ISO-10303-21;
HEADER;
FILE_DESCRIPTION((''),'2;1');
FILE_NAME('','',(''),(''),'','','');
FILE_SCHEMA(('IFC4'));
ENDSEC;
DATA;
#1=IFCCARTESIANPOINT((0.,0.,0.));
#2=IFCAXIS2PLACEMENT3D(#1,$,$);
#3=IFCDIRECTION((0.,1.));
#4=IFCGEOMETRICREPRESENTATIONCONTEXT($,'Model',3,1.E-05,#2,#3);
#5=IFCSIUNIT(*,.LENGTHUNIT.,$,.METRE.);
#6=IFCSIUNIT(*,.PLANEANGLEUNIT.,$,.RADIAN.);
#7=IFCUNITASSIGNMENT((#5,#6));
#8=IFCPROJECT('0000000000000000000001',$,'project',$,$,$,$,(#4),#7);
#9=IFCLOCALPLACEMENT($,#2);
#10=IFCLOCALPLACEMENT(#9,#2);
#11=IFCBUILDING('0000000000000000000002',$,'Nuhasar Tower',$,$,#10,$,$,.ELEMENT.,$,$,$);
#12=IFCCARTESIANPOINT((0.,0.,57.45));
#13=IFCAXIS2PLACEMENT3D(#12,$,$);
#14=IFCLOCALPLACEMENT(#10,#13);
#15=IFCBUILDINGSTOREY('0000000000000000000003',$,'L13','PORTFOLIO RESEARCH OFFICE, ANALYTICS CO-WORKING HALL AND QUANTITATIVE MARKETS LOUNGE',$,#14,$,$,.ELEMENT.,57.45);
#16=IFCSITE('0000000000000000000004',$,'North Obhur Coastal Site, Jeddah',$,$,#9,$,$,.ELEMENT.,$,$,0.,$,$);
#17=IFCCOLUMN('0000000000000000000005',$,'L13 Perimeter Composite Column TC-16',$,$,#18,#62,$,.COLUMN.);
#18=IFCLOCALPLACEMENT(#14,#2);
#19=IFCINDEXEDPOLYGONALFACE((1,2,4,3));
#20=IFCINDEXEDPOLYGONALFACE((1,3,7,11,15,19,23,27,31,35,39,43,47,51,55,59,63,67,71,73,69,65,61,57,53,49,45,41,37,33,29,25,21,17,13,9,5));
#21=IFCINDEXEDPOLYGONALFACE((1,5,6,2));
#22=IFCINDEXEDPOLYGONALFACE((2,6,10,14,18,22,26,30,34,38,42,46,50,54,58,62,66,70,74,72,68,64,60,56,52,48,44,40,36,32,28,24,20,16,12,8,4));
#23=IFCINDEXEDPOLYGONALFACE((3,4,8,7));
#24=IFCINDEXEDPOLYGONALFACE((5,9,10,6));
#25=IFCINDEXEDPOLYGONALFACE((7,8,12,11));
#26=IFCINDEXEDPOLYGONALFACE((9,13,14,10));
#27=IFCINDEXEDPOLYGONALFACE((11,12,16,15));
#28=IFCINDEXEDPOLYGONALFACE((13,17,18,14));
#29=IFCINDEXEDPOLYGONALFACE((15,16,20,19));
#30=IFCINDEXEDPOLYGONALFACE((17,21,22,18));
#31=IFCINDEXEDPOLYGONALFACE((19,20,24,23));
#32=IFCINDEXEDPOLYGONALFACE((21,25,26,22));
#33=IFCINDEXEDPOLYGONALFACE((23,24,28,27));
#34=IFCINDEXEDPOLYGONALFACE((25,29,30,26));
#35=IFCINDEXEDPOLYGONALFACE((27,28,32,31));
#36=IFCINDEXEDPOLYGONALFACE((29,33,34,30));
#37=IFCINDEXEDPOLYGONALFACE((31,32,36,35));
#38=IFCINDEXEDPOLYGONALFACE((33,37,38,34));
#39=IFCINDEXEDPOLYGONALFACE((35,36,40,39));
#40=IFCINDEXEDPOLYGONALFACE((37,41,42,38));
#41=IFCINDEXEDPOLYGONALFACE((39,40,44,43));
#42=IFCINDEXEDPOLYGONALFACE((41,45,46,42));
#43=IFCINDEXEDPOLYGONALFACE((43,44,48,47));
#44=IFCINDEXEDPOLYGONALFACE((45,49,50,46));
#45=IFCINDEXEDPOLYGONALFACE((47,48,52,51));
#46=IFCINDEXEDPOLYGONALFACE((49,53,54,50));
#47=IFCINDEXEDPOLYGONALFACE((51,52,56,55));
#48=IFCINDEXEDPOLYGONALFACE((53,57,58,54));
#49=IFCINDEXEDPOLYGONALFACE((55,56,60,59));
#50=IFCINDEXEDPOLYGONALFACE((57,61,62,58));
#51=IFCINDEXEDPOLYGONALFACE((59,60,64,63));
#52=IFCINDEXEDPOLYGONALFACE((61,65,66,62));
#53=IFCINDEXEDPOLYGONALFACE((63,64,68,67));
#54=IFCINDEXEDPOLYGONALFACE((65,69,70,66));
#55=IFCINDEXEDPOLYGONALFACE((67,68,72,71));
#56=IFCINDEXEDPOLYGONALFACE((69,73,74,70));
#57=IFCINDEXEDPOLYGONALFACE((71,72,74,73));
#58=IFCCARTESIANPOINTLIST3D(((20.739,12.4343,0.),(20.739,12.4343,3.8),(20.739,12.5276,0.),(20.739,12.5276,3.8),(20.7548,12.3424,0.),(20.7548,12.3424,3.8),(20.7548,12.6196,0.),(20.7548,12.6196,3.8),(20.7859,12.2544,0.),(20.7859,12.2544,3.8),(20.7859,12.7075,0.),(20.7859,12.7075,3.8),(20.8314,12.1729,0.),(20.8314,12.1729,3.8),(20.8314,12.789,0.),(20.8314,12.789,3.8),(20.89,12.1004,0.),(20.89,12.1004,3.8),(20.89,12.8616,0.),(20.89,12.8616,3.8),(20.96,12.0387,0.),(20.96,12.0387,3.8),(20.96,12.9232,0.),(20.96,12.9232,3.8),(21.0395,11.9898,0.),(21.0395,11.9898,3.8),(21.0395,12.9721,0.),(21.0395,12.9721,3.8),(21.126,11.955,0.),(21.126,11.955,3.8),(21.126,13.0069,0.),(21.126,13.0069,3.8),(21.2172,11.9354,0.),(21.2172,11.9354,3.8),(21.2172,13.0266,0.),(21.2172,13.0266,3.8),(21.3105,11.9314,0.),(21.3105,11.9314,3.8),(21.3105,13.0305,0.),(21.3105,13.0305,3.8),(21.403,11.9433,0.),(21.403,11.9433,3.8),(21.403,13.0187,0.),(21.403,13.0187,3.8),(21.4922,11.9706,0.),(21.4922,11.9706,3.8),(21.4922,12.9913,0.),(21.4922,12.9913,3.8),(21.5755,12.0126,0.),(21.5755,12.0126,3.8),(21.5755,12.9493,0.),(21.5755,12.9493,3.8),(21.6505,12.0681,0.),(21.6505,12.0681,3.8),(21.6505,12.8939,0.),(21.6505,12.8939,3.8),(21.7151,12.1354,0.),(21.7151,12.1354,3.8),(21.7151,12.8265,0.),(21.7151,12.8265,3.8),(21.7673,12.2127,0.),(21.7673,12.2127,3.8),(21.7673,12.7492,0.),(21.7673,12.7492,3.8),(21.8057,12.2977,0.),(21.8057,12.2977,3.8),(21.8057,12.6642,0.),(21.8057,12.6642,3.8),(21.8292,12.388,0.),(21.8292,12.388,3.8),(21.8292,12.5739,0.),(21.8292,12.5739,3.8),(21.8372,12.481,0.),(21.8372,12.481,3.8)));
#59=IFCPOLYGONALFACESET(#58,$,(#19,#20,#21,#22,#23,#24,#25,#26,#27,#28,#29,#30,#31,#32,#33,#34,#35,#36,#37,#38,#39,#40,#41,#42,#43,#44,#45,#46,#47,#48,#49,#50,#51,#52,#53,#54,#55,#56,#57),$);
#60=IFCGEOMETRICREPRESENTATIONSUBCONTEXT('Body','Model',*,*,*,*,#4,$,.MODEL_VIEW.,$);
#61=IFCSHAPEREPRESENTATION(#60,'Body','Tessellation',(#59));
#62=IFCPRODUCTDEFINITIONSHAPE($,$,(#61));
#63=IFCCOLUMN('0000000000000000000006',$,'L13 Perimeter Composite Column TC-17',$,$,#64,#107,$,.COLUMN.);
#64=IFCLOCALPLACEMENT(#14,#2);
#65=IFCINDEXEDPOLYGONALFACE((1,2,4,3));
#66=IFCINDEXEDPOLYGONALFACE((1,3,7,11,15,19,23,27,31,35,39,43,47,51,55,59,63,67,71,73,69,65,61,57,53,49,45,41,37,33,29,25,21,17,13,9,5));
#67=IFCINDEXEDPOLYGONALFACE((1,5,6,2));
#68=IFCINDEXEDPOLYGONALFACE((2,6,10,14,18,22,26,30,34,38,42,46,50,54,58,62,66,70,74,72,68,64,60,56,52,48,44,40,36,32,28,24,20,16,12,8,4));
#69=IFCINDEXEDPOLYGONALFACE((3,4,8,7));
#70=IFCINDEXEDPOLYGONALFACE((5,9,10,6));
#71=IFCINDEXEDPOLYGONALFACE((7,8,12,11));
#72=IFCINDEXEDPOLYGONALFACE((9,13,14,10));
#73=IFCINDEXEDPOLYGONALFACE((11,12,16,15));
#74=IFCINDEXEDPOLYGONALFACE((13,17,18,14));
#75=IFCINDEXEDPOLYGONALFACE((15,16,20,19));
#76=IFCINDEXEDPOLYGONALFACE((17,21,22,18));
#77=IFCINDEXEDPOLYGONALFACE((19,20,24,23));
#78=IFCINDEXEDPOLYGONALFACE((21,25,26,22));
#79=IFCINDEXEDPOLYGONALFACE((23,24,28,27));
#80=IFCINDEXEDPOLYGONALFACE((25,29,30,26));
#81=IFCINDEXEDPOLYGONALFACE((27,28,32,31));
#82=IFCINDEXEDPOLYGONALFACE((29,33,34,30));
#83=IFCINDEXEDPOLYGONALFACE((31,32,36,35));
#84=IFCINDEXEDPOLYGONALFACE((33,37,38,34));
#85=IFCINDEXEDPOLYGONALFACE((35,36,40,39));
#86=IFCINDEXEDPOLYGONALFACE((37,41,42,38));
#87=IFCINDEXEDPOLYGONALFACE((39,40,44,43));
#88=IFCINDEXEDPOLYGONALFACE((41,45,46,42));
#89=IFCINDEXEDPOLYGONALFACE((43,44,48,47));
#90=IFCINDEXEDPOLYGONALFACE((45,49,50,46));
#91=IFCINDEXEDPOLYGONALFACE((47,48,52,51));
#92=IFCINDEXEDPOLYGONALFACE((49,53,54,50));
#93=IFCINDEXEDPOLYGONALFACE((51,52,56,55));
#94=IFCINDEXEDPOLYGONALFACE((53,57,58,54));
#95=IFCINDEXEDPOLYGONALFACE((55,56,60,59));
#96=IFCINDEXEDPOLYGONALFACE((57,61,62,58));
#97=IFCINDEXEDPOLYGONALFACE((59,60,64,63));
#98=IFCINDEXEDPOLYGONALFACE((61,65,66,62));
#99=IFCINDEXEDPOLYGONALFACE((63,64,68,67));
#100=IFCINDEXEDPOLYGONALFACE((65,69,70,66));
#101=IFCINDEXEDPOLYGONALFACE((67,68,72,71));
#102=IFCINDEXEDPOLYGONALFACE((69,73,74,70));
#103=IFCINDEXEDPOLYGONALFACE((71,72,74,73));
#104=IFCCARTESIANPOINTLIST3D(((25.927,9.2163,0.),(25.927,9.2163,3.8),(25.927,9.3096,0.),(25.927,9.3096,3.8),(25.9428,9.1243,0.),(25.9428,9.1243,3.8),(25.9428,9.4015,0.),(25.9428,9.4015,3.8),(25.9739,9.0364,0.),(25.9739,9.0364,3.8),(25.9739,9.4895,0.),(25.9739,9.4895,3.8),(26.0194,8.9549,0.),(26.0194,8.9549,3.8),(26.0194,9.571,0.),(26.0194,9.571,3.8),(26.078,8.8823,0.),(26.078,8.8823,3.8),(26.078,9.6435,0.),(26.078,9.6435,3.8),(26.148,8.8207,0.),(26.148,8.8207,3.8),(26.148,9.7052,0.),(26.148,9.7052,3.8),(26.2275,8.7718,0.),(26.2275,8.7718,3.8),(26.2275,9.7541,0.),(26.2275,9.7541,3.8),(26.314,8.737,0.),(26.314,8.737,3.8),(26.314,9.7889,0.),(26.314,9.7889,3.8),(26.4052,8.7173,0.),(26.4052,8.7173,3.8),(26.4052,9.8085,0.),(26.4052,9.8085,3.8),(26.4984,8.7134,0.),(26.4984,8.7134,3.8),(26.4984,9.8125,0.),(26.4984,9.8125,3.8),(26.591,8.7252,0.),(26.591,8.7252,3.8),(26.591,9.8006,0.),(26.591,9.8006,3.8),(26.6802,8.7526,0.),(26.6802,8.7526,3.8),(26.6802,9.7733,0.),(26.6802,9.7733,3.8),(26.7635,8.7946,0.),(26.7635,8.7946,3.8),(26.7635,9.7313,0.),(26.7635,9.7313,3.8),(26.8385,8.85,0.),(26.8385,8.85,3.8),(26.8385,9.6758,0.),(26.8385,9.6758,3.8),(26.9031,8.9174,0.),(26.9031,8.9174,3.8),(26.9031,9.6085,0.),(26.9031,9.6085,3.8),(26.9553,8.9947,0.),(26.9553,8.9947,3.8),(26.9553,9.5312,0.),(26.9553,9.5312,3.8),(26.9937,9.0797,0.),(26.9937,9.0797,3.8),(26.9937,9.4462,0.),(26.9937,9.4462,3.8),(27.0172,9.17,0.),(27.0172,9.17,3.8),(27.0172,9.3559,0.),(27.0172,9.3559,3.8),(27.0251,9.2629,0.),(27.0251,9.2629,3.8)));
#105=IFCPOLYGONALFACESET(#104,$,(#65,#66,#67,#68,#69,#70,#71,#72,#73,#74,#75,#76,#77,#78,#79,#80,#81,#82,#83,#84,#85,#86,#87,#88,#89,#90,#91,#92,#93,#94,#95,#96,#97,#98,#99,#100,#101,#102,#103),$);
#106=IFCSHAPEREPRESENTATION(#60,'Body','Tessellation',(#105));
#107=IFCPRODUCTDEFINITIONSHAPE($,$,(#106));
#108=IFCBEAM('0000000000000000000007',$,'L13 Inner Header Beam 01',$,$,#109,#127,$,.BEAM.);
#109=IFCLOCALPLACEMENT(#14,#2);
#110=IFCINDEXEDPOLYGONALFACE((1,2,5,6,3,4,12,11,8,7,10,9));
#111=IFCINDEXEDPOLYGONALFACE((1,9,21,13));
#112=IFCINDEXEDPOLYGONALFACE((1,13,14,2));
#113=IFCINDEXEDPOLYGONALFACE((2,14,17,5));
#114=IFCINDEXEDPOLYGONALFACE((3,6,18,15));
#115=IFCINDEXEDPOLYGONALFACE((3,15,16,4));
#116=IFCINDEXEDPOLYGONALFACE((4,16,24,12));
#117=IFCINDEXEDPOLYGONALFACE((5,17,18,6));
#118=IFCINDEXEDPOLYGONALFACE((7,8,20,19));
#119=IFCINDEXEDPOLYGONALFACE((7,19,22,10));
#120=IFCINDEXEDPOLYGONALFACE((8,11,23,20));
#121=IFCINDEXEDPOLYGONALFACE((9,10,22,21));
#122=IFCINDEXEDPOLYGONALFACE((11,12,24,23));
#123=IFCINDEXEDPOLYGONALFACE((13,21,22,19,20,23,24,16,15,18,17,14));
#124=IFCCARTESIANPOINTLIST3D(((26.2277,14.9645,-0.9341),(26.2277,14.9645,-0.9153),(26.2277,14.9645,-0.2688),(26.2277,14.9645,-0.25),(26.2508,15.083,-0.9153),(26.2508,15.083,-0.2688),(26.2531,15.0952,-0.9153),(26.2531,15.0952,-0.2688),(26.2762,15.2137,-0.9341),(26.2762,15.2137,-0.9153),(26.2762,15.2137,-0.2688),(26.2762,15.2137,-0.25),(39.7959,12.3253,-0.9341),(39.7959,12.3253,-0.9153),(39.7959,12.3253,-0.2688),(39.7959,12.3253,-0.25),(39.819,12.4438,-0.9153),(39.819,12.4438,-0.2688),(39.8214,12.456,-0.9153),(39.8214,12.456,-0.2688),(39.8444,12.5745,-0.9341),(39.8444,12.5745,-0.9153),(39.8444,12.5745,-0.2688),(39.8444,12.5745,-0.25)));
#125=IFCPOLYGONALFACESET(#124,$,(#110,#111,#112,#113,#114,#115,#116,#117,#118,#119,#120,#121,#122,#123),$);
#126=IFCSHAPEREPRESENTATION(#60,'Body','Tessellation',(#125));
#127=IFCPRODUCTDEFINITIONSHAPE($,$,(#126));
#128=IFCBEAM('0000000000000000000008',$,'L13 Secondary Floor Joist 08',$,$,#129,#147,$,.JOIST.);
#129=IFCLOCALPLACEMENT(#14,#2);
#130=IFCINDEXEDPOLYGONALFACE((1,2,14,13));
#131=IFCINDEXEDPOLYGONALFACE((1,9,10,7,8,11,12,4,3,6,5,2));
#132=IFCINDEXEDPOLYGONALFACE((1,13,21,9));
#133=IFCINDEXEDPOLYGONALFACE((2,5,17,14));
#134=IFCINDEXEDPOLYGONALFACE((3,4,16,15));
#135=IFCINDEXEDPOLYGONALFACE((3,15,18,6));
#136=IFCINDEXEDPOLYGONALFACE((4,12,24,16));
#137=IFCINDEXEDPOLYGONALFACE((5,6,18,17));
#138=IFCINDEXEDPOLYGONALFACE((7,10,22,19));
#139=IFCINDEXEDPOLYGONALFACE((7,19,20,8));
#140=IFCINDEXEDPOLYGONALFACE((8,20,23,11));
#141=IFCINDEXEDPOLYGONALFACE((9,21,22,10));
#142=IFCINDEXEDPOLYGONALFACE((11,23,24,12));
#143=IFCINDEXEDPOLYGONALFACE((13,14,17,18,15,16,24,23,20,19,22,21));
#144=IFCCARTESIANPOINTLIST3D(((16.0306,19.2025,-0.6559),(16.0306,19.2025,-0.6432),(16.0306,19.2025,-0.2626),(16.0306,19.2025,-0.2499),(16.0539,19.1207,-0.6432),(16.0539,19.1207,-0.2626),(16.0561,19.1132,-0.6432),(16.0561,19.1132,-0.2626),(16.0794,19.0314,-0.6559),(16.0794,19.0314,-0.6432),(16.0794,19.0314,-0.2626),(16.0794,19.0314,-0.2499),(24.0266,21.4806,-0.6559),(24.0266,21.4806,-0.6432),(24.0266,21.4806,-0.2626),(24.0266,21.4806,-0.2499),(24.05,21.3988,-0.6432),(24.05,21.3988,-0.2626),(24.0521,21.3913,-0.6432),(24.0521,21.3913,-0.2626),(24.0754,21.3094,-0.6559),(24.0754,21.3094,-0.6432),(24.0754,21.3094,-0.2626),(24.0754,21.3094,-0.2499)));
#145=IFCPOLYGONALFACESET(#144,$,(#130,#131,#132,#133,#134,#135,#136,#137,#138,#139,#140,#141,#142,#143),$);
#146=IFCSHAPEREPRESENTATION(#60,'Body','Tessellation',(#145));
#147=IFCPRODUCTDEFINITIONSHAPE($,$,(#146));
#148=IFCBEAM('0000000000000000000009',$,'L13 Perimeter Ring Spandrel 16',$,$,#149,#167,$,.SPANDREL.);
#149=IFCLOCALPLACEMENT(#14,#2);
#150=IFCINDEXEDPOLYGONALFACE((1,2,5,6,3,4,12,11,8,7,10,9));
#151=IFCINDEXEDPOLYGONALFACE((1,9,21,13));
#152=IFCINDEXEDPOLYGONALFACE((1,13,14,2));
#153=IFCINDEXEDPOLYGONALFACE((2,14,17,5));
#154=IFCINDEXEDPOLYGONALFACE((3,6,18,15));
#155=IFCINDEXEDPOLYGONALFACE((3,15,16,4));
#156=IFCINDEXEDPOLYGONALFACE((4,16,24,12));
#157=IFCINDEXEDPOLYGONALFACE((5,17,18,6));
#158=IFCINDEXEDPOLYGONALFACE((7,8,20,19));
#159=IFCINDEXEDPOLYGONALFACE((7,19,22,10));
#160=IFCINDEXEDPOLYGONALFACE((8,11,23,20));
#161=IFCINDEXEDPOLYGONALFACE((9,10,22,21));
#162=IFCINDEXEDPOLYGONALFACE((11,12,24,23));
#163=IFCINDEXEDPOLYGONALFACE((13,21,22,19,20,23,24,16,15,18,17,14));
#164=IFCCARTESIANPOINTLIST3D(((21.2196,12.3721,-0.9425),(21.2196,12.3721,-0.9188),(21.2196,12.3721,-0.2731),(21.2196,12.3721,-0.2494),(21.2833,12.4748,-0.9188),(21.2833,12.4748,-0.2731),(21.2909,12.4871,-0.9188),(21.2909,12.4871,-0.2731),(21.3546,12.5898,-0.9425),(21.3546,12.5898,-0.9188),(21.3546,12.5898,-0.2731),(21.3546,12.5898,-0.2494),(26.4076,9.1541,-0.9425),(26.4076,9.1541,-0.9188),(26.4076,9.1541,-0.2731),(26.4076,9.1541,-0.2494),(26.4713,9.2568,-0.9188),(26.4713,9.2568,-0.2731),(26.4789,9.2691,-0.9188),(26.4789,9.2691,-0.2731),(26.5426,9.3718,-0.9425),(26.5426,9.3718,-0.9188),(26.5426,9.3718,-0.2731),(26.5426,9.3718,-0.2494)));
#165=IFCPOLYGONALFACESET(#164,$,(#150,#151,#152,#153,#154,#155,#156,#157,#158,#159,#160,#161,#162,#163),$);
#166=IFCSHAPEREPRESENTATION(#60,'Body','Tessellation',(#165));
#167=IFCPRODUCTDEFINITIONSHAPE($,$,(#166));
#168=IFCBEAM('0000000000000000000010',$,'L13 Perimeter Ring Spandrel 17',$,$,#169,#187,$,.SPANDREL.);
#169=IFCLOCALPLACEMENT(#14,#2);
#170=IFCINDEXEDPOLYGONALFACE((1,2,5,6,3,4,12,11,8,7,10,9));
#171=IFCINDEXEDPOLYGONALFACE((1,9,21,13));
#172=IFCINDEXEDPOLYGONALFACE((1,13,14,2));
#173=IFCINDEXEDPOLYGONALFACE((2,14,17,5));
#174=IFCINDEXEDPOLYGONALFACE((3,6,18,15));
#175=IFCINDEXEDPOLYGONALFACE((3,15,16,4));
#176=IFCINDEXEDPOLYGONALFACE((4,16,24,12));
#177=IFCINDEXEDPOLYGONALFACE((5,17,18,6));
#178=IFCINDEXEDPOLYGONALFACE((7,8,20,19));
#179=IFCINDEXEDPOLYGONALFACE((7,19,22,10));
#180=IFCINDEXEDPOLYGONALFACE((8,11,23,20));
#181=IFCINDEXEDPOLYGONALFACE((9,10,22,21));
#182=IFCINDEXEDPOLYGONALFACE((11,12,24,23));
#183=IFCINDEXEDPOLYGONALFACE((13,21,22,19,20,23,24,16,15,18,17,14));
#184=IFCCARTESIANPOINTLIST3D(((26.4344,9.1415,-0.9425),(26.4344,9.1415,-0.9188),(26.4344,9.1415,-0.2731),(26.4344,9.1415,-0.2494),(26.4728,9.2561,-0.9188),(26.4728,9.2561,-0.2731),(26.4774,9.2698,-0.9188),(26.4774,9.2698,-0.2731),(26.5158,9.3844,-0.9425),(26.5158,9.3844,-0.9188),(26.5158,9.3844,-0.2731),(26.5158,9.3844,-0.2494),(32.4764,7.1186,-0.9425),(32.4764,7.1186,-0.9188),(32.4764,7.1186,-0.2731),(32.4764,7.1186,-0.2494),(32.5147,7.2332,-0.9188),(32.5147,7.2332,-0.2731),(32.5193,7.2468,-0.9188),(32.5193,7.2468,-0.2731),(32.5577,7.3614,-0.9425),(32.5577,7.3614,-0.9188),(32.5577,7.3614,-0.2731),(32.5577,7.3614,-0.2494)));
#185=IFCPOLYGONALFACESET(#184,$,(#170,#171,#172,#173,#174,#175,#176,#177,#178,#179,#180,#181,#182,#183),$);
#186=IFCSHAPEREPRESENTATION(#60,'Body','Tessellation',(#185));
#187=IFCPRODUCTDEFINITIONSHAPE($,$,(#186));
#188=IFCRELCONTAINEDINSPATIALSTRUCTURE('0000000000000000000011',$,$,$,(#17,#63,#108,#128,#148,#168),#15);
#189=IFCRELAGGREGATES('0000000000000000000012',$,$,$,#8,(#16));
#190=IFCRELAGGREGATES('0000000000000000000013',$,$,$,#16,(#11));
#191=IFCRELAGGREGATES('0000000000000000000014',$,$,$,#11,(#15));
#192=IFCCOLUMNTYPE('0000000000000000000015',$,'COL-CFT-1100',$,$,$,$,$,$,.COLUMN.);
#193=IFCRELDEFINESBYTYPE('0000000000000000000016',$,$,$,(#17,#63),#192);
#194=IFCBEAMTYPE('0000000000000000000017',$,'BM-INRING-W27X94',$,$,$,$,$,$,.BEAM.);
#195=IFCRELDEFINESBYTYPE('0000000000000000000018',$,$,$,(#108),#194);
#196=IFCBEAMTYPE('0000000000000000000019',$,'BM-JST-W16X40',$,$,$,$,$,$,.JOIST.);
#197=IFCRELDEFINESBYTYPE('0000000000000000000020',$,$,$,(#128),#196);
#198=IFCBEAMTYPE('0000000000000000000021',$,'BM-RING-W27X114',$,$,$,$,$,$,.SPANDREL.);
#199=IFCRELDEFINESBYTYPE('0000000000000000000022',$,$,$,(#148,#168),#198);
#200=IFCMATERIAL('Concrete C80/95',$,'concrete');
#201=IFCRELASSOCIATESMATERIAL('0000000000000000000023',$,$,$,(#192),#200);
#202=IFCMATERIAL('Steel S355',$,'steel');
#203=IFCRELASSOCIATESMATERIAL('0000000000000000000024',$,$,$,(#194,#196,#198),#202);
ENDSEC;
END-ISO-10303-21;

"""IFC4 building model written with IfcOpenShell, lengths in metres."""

from ifc_helpers import new_model, si_unit, direction, frame, origin, origin_2d, place, context, subcontext, project, spatial, circle, i_section, extrude, material, material_profile, profile_set, type_object, element, save


model = new_model("IFC4")

# Units and contexts
model_context = context("Model", 3, precision=1e-05, world=origin(), true_north=direction((0.0, 1.0)))
body_context = subcontext(model_context, "Body", "Model", "MODEL_VIEW")
ifc_project = project(units=[si_unit("LENGTHUNIT", "METRE"), si_unit("PLANEANGLEUNIT", "RADIAN")], contexts=[model_context])

# Site, building, storey
site_placement = place(None, origin())
site = spatial("IfcSite", under=ifc_project, at=site_placement, Name="North Obhur Coastal Site, Jeddah", CompositionType="ELEMENT", RefElevation=0.0)
building_placement = place(site_placement, origin())
building = spatial("IfcBuilding", under=site, at=building_placement, Name="Nuhasar Tower", CompositionType="ELEMENT")
storey_placement = place(building_placement, frame((0.0, 0.0, 57.45)))
storey = spatial("IfcBuildingStorey", under=building, at=storey_placement, Name="L13", Description="PORTFOLIO RESEARCH OFFICE, ANALYTICS CO-WORKING HALL AND QUANTITATIVE MARKETS LOUNGE", CompositionType="ELEMENT", Elevation=57.45)

# Columns
ifc_material_1 = material(Name="Concrete C80/95", Category="concrete")
ifc_material_profile_1 = material_profile(ifc_material_1, circle(Radius=0.55, at=origin_2d()), Name="CFT1100")
ifc_profile_set_1 = profile_set([ifc_material_profile_1], Name="Concrete C80/95")
column_type = type_object("IfcColumnType", Name="COL-CFT-1100", PredefinedType="COLUMN", material=ifc_profile_set_1)
for number, where, z_axis, x_axis, name in (
    (1, (21.2871, 12.481, 0.0), (0.0, 0.0, 1.0), (1.0, 0.0, 0.0), "L13 Perimeter Composite Column TC-16"),
    (2, (26.4751, 9.2629, 0.0), (0.0, 0.0, 1.0), (1.0, 0.0, 0.0), "L13 Perimeter Composite Column TC-17"),
):
    element("IfcColumn", number, at=place(storey_placement, frame(where, z_axis=z_axis, x_axis=x_axis)), inside=storey, type_object=column_type, Name=name, PredefinedType="COLUMN", context=body_context, shape_type="SweptSolid", body=[
        extrude(circle(Radius=0.55, at=origin_2d()), origin(), (0.0, 0.0, 1.0), 3.8),
    ])

# Beams
ifc_material_2 = material(Name="Steel S355", Category="steel")
ifc_material_profile_2 = material_profile(ifc_material_2, i_section(OverallWidth=0.2539, OverallDepth=0.6841, WebThickness=0.0125, FlangeThickness=0.0188, at=origin_2d()), Name="W27X94")
ifc_profile_set_2 = profile_set([ifc_material_profile_2], Name="Steel S355")
beam_type_1 = type_object("IfcBeamType", Name="BM-INRING-W27X94", PredefinedType="BEAM", material=ifc_profile_set_2)
beam_1_placement = place(storey_placement, frame((26.252, 15.0891, -0.592), z_axis=(0.981603, -0.190933, 0.0), x_axis=(0.190933, 0.981603, 0.0)))
element("IfcBeam", 3, at=beam_1_placement, inside=storey, type_object=beam_type_1, Name="L13 Inner Header Beam 01", PredefinedType="BEAM", context=body_context, shape_type="SweptSolid", body=[
    extrude(i_section(OverallWidth=0.2539, OverallDepth=0.6841, WebThickness=0.0125, FlangeThickness=0.0188, at=origin_2d()), origin(), (0.0, 0.0, 1.0), 13.8225),
])
ifc_material_profile_3 = material_profile(ifc_material_2, i_section(OverallWidth=0.178, OverallDepth=0.406, WebThickness=0.0078, FlangeThickness=0.0127, at=origin_2d()), Name="W16X40")
ifc_profile_set_3 = profile_set([ifc_material_profile_3], Name="Steel S355")
beam_type_2 = type_object("IfcBeamType", Name="BM-JST-W16X40", PredefinedType="JOIST", material=ifc_profile_set_3)
beam_2_placement = place(storey_placement, frame((24.051, 21.395, -0.4529), z_axis=(-0.961731, -0.273996, 0.0), x_axis=(0.273996, -0.961731, 0.0)))
element("IfcBeam", 4, at=beam_2_placement, inside=storey, type_object=beam_type_2, Name="L13 Secondary Floor Joist 08", PredefinedType="JOIST", context=body_context, shape_type="SweptSolid", body=[
    extrude(i_section(OverallWidth=0.178, OverallDepth=0.406, WebThickness=0.0078, FlangeThickness=0.0127, at=origin_2d()), origin(), (0.0, 0.0, 1.0), 8.3142),
])
ifc_material_profile_4 = material_profile(ifc_material_2, i_section(OverallWidth=0.2561, OverallDepth=0.6931, WebThickness=0.0144, FlangeThickness=0.0237, at=origin_2d()), Name="W27X114")
ifc_profile_set_4 = profile_set([ifc_material_profile_4], Name="Steel S355")
beam_type_3 = type_object("IfcBeamType", Name="BM-RING-W27X114", PredefinedType="SPANDREL", material=ifc_profile_set_4)
beam_3_placement = place(storey_placement, frame((21.2871, 12.481, -0.5959), z_axis=(0.849795, -0.527113, 0.0), x_axis=(0.527113, 0.849795, 0.0)))
element("IfcBeam", 5, at=beam_3_placement, inside=storey, type_object=beam_type_3, Name="L13 Perimeter Ring Spandrel 16", PredefinedType="SPANDREL", context=body_context, shape_type="SweptSolid", body=[
    extrude(i_section(OverallWidth=0.2561, OverallDepth=0.6931, WebThickness=0.0144, FlangeThickness=0.0237, at=origin_2d()), origin(), (0.0, 0.0, 1.0), 6.105),
])
beam_4_placement = place(storey_placement, frame((26.4751, 9.2629, -0.5959), z_axis=(0.948261, -0.317492, 0.0), x_axis=(0.317492, 0.948261, 0.0)))
element("IfcBeam", 6, at=beam_4_placement, inside=storey, type_object=beam_type_3, Name="L13 Perimeter Ring Spandrel 17", PredefinedType="SPANDREL", context=body_context, shape_type="SweptSolid", body=[
    extrude(i_section(OverallWidth=0.2561, OverallDepth=0.6931, WebThickness=0.0144, FlangeThickness=0.0237, at=origin_2d()), origin(), (0.0, 0.0, 1.0), 6.3716),
])

save(model, "model.ifc")
